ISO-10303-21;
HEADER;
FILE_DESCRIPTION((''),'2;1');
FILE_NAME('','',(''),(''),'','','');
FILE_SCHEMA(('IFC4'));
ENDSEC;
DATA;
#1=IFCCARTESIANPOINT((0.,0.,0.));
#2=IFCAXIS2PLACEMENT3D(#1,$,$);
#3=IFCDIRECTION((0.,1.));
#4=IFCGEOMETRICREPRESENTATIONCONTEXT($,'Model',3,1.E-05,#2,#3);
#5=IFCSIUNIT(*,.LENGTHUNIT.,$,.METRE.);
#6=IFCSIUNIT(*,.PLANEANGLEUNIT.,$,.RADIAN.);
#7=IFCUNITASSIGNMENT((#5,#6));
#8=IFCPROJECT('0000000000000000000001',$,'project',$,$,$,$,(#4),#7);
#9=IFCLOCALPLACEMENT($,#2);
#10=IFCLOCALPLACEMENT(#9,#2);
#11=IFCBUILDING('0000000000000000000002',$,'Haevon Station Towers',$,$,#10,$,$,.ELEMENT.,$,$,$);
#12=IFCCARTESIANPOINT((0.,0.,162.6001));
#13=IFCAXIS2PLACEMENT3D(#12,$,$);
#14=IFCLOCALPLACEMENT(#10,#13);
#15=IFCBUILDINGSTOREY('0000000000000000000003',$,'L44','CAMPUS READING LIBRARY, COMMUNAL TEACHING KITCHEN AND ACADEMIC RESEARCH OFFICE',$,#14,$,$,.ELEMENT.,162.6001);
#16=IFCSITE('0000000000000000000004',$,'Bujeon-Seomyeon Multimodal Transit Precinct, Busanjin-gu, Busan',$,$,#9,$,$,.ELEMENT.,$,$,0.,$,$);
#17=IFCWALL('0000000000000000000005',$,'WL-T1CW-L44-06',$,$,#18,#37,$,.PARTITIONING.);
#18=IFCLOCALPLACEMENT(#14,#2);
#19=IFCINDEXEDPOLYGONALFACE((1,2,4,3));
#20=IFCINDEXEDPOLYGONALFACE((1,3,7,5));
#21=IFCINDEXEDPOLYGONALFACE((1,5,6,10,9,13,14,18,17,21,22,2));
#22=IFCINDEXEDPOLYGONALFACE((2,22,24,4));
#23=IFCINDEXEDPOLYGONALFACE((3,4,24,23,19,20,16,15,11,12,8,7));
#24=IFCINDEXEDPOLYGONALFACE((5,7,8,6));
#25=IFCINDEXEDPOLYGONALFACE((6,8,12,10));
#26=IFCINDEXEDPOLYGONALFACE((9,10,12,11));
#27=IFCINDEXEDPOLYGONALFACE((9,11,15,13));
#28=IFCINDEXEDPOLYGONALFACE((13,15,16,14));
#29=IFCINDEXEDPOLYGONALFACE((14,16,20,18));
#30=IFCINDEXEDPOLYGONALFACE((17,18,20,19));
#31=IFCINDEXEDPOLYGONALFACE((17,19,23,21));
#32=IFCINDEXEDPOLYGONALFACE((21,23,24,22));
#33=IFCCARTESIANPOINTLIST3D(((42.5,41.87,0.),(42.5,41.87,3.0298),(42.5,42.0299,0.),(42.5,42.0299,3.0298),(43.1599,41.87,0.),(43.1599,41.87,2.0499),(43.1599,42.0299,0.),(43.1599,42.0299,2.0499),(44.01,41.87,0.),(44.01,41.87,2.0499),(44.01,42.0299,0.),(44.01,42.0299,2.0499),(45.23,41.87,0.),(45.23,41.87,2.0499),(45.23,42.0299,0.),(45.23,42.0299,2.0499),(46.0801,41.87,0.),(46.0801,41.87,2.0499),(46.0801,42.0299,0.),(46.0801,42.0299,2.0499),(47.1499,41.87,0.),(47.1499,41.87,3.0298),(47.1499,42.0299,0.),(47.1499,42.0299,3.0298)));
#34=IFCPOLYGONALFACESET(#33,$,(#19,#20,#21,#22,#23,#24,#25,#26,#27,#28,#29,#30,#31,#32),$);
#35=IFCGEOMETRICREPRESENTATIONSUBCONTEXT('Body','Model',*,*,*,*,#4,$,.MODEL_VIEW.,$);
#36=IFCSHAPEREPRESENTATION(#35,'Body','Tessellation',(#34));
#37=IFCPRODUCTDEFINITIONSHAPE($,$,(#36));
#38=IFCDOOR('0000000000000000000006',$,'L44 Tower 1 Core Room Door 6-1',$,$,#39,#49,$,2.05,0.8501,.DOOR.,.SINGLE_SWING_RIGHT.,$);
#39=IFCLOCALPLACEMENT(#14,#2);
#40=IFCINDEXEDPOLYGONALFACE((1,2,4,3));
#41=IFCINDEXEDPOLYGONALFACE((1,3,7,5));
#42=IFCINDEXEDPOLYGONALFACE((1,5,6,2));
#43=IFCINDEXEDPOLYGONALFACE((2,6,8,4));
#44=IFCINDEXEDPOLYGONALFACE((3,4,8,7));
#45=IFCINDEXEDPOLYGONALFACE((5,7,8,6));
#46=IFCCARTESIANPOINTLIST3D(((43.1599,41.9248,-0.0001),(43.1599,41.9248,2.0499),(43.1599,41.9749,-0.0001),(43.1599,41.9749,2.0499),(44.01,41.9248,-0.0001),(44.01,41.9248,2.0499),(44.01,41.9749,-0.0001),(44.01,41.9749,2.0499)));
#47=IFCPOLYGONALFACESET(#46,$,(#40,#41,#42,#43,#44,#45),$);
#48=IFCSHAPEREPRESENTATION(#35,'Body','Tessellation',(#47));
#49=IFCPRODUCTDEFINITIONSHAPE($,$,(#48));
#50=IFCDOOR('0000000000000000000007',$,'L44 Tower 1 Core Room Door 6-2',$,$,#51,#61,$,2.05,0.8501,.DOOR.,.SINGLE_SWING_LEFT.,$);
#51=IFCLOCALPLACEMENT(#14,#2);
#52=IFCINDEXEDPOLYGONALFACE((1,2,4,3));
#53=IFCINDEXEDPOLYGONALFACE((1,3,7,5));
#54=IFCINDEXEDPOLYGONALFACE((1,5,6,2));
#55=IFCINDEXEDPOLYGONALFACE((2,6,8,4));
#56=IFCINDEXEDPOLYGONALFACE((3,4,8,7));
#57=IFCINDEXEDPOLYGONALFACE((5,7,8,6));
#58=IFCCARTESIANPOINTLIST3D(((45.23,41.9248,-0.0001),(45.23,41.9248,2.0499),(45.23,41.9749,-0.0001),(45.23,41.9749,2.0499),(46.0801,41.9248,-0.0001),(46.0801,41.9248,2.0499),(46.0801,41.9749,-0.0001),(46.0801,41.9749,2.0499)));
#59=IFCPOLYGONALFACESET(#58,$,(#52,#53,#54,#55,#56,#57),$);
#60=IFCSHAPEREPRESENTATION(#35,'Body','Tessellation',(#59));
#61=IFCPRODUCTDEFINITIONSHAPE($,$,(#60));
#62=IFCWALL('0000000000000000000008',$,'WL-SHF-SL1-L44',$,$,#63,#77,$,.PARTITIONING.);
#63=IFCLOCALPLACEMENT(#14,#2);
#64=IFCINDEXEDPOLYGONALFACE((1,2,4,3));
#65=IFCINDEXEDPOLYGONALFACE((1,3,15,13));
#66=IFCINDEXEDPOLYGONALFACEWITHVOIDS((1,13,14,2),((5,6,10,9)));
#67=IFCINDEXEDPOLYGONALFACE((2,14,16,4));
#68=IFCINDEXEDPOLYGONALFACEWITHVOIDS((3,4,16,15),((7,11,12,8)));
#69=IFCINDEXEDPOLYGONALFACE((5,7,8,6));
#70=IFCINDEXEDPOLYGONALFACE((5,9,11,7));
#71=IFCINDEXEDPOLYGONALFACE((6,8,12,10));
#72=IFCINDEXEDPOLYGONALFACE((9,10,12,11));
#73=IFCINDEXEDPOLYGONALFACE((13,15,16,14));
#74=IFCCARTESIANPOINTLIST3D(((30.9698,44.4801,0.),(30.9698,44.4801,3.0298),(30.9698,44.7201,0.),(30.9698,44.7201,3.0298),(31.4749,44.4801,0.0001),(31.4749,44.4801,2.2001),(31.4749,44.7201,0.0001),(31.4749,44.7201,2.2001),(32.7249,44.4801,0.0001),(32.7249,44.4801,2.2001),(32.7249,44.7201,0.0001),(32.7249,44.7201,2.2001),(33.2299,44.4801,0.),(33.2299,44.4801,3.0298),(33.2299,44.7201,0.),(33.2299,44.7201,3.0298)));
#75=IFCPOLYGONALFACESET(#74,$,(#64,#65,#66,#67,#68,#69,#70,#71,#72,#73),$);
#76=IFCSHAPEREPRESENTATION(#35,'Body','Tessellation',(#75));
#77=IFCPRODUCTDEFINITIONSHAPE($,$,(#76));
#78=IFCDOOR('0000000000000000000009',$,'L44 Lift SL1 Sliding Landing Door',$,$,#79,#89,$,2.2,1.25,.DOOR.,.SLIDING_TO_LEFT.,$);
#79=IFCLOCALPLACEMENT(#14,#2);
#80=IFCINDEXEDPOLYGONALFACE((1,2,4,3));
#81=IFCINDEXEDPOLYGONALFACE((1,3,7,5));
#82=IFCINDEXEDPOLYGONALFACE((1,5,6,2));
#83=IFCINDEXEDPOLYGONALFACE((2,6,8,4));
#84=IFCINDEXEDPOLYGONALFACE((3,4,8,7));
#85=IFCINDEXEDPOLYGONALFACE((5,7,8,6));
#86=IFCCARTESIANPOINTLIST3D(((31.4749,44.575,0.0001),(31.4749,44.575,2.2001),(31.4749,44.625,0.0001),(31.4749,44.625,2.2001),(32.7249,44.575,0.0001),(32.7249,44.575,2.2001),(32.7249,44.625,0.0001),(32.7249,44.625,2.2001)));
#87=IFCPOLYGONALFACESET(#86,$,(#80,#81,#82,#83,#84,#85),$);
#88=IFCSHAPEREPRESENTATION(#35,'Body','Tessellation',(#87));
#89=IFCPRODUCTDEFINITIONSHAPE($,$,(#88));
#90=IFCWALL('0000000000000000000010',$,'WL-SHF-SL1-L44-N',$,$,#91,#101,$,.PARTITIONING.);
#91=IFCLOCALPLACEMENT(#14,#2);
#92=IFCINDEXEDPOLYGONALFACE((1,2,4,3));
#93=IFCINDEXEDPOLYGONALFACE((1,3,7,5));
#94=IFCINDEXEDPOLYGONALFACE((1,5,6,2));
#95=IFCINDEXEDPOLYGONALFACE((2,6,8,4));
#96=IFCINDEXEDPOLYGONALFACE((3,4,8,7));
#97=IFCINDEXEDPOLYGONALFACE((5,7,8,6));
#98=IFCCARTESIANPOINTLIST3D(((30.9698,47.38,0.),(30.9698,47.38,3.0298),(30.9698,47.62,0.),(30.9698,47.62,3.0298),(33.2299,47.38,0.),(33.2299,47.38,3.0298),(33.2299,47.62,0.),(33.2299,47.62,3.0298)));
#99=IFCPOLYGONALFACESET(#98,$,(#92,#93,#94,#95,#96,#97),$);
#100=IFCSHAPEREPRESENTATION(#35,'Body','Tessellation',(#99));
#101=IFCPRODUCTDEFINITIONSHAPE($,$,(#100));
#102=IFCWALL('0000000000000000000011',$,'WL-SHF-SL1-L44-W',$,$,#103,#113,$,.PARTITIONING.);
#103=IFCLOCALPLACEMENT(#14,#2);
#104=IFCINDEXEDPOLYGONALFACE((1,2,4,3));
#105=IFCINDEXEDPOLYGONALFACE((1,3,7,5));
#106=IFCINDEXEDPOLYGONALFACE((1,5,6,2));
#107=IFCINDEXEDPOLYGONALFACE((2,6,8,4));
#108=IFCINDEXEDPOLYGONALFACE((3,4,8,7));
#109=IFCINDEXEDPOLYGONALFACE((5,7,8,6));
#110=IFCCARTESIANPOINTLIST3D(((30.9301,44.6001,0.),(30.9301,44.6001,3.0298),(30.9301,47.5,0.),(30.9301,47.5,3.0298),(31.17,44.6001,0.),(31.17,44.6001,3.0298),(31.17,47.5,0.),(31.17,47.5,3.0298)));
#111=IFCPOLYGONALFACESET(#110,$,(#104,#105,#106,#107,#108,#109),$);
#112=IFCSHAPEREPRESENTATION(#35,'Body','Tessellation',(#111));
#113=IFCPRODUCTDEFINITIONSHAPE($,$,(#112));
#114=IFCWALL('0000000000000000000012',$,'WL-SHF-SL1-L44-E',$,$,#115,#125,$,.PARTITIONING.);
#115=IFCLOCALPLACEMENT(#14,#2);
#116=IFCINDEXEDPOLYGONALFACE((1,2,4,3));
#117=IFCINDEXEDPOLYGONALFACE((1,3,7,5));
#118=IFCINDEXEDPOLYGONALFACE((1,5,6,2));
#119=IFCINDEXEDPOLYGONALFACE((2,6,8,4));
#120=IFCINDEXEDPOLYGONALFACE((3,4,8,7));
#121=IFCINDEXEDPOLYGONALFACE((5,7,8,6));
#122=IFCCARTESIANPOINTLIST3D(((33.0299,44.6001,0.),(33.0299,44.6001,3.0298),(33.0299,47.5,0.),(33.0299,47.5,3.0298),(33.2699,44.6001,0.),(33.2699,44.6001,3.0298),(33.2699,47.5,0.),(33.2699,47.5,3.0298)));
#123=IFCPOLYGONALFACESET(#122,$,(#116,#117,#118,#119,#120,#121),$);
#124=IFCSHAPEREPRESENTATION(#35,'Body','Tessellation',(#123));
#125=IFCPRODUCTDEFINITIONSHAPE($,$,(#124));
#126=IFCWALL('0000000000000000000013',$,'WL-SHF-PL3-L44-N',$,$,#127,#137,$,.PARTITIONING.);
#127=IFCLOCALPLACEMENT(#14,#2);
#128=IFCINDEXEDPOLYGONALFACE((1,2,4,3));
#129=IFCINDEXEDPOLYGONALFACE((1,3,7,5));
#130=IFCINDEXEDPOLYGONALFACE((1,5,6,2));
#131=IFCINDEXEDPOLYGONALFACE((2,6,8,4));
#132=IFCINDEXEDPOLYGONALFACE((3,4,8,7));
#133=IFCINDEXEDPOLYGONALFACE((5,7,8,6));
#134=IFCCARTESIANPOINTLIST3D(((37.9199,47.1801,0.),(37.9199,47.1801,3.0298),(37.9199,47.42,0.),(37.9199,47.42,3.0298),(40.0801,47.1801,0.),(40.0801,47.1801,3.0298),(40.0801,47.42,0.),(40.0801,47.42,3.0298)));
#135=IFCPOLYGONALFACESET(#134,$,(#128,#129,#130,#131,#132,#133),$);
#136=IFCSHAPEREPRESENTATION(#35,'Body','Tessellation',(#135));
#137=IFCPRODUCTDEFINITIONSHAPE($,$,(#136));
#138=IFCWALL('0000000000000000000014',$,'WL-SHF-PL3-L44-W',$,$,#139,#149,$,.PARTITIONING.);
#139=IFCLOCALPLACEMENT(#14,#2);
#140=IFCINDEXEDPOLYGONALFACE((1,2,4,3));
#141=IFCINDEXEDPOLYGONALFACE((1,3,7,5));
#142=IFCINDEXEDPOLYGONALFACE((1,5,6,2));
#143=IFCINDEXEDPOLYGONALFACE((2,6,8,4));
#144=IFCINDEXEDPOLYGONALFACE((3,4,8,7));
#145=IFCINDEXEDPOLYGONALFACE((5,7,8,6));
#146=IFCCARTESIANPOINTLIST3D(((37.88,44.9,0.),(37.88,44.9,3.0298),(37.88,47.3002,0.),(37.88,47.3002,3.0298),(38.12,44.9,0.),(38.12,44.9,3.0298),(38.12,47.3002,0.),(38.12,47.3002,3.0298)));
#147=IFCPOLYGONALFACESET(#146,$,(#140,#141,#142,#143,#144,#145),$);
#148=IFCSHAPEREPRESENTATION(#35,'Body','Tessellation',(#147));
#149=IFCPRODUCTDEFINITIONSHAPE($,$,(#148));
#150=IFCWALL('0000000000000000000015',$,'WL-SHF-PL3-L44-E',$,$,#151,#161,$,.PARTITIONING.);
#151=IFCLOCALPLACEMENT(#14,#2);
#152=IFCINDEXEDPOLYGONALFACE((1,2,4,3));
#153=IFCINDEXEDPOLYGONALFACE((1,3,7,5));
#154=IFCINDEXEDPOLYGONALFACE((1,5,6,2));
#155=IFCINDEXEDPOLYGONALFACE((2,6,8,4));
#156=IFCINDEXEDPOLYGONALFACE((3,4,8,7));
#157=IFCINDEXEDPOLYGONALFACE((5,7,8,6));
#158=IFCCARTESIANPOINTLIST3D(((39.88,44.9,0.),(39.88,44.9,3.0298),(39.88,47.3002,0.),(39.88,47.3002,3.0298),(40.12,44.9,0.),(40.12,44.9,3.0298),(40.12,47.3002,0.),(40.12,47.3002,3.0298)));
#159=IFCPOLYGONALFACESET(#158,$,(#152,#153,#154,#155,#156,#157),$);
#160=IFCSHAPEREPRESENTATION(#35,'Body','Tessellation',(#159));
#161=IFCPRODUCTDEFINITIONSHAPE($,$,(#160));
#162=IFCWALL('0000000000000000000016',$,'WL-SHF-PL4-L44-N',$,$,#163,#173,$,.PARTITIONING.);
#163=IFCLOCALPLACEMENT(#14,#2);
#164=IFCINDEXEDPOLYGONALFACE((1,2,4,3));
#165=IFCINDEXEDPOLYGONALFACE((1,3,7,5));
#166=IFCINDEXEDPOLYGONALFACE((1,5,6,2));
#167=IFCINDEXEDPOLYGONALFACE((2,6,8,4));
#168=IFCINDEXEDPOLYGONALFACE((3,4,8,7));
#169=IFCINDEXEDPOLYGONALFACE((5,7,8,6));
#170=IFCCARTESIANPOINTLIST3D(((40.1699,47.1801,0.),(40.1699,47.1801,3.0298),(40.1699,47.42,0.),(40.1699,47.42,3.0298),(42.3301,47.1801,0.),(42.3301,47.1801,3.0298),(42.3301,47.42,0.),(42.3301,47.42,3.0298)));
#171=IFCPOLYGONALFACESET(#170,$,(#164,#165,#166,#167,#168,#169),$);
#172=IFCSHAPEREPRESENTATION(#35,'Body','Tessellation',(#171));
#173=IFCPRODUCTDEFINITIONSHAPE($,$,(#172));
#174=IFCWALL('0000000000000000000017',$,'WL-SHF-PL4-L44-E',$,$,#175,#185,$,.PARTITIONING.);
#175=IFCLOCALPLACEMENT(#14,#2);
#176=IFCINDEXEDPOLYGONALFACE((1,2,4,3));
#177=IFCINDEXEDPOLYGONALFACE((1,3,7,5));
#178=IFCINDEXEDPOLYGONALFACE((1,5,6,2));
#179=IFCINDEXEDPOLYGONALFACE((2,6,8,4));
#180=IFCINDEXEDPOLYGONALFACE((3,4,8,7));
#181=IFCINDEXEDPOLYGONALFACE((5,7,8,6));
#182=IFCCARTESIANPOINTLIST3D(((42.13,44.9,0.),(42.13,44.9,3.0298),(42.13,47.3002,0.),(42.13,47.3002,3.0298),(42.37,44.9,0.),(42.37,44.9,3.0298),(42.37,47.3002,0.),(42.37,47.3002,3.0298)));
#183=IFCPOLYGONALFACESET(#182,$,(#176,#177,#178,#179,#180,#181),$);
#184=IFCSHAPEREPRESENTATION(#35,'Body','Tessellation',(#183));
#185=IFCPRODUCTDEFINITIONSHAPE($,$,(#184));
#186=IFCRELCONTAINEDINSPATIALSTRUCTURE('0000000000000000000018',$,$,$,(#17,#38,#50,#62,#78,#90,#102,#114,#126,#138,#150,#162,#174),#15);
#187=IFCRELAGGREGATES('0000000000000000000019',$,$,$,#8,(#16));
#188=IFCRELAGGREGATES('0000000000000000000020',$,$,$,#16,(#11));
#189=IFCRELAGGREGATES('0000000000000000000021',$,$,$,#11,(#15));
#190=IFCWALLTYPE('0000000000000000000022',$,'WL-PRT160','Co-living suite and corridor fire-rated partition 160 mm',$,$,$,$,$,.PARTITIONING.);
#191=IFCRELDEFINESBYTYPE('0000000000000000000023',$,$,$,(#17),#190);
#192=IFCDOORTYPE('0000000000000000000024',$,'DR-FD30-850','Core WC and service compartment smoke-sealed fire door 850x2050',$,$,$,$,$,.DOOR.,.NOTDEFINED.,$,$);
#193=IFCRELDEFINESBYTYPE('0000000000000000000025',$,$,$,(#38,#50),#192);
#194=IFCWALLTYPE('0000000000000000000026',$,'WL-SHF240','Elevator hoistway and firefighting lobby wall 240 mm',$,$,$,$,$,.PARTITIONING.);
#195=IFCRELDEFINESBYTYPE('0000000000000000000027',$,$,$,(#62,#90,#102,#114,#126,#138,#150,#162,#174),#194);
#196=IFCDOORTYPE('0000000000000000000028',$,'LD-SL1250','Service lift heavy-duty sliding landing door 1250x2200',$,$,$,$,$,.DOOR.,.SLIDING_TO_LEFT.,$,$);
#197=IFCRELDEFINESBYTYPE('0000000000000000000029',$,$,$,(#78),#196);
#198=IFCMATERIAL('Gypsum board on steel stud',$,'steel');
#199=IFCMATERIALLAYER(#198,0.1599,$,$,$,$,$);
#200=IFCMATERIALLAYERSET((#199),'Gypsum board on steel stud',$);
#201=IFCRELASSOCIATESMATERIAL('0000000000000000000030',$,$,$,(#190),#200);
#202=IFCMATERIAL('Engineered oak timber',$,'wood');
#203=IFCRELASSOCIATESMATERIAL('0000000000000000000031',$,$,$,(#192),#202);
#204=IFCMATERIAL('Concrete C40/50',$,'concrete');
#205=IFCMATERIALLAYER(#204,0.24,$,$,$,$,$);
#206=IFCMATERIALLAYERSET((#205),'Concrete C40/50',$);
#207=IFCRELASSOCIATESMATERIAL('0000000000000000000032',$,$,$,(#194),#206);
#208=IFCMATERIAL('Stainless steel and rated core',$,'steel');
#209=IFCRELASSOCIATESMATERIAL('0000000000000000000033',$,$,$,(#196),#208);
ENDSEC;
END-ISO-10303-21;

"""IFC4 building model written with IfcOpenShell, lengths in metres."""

from ifc_helpers import new_model, si_unit, direction, frame, frame_2d, origin, place, context, subcontext, project, spatial, rectangle, extrude, material, layer, layer_set, type_object, element, fill, save


model = new_model("IFC4")

# Units and contexts
model_context = context("Model", 3, precision=1e-05, world=origin(), true_north=direction((0.0, 1.0)))
body_context = subcontext(model_context, "Body", "Model", "MODEL_VIEW")
ifc_project = project(units=[si_unit("LENGTHUNIT", "METRE"), si_unit("PLANEANGLEUNIT", "RADIAN")], contexts=[model_context])

# Site, building, storey
site_placement = place(None, origin())
site = spatial("IfcSite", under=ifc_project, at=site_placement, Name="Bujeon-Seomyeon Multimodal Transit Precinct, Busanjin-gu, Busan", CompositionType="ELEMENT", RefElevation=0.0)
building_placement = place(site_placement, origin())
building = spatial("IfcBuilding", under=site, at=building_placement, Name="Haevon Station Towers", CompositionType="ELEMENT")
storey_placement = place(building_placement, frame((0.0, 0.0, 162.6001)))
storey = spatial("IfcBuildingStorey", under=building, at=storey_placement, Name="L44", Description="CAMPUS READING LIBRARY, COMMUNAL TEACHING KITCHEN AND ACADEMIC RESEARCH OFFICE", CompositionType="ELEMENT", Elevation=162.6001)

# Shared definitions
ifc_material_1 = material(Name="Gypsum board on steel stud", Category="steel")
ifc_layer_1 = layer(ifc_material_1, 0.1599)
ifc_layer_set_1 = layer_set([ifc_layer_1], Name="Gypsum board on steel stud")
wall_type_1 = type_object("IfcWallType", Name="WL-PRT160", Description="Co-living suite and corridor fire-rated partition 160 mm", PredefinedType="PARTITIONING", material=ifc_layer_set_1)
ifc_material_2 = material(Name="Engineered oak timber", Category="wood")

# Wall, openings, doors
wall_1_placement = place(storey_placement, frame((42.5, 41.95, 0.0), z_axis=(0.0, 0.0, 1.0), x_axis=(1.0, 0.0, 0.0)))
wall_1 = element("IfcWall", 1, at=wall_1_placement, inside=storey, type_object=wall_type_1, Name="WL-T1CW-L44-06", PredefinedType="PARTITIONING", context=body_context, shape_type="SweptSolid", body=[
    extrude(rectangle(XDim=4.6499, YDim=0.1599, at=frame_2d((2.325, 0.0))), origin(), (0.0, 0.0, 1.0), 3.0298),
])
opening_1_placement = place(wall_1_placement, frame((0.6599, 0.0, 0.0)))
opening_1 = element("IfcOpeningElement", 2, at=opening_1_placement, cuts=wall_1, PredefinedType="OPENING", context=body_context, shape_type="SweptSolid", body=[
    extrude(rectangle(XDim=0.8501, YDim=2.05, at=frame_2d((0.425, 1.0249))), frame((0.0, 0.0898, 0.0), z_axis=(0.0, -1.0, 0.0), x_axis=(1.0, 0.0, 0.0)), (0.0, 0.0, 1.0), 0.1799),
])
opening_2_placement = place(wall_1_placement, frame((2.73, 0.0, 0.0)))
opening_2 = element("IfcOpeningElement", 3, at=opening_2_placement, cuts=wall_1, PredefinedType="OPENING", context=body_context, shape_type="SweptSolid", body=[
    extrude(rectangle(XDim=0.8501, YDim=2.05, at=frame_2d((0.425, 1.0249))), frame((0.0, 0.0898, 0.0), z_axis=(0.0, -1.0, 0.0), x_axis=(1.0, 0.0, 0.0)), (0.0, 0.0, 1.0), 0.1799),
])
door_type_1 = type_object("IfcDoorType", Name="DR-FD30-850", Description="Core WC and service compartment smoke-sealed fire door 850x2050", OperationType="NOTDEFINED", PredefinedType="DOOR", material=ifc_material_2)
door_1_placement = place(opening_1_placement, origin())
door_1 = element("IfcDoor", 4, at=door_1_placement, inside=storey, type_object=door_type_1, Name="L44 Tower 1 Core Room Door 6-1", OperationType="SINGLE_SWING_RIGHT", OverallHeight=2.05, OverallWidth=0.8501, PredefinedType="DOOR", context=body_context, shape_type="SweptSolid", body=[
    extrude(rectangle(XDim=0.8501, YDim=2.05, at=frame_2d((0.425, 1.0249))), frame((0.0, 0.0249, 0.0), z_axis=(0.0, -1.0, 0.0), x_axis=(1.0, 0.0, 0.0)), (0.0, 0.0, 1.0), 0.05),
])
fill(opening_1, door_1)
door_2_placement = place(opening_2_placement, origin())
door_2 = element("IfcDoor", 5, at=door_2_placement, inside=storey, type_object=door_type_1, Name="L44 Tower 1 Core Room Door 6-2", OperationType="SINGLE_SWING_LEFT", OverallHeight=2.05, OverallWidth=0.8501, PredefinedType="DOOR", context=body_context, shape_type="SweptSolid", body=[
    extrude(rectangle(XDim=0.8501, YDim=2.05, at=frame_2d((0.425, 1.0249))), frame((0.0, 0.0249, 0.0), z_axis=(0.0, -1.0, 0.0), x_axis=(1.0, 0.0, 0.0)), (0.0, 0.0, 1.0), 0.05),
])
fill(opening_2, door_2)

# Wall, opening, door
ifc_material_3 = material(Name="Concrete C40/50", Category="concrete")
ifc_layer_2 = layer(ifc_material_3, 0.24)
ifc_layer_set_2 = layer_set([ifc_layer_2], Name="Concrete C40/50")
wall_type_2 = type_object("IfcWallType", Name="WL-SHF240", Description="Elevator hoistway and firefighting lobby wall 240 mm", PredefinedType="PARTITIONING", material=ifc_layer_set_2)
wall_2_placement = place(storey_placement, frame((30.97, 44.6001, 0.0), z_axis=(0.0, 0.0, 1.0), x_axis=(1.0, 0.0, 0.0)))
wall_2 = element("IfcWall", 6, at=wall_2_placement, inside=storey, type_object=wall_type_2, Name="WL-SHF-SL1-L44", PredefinedType="PARTITIONING", context=body_context, shape_type="SweptSolid", body=[
    extrude(rectangle(XDim=2.26, YDim=0.24, at=frame_2d((1.1299, 0.0))), origin(), (0.0, 0.0, 1.0), 3.0298),
])
opening_3_placement = place(wall_2_placement, frame((0.5049, 0.0, 0.0)))
opening_3 = element("IfcOpeningElement", 7, at=opening_3_placement, cuts=wall_2, PredefinedType="OPENING", context=body_context, shape_type="SweptSolid", body=[
    extrude(rectangle(XDim=1.25, YDim=2.2, at=frame_2d((0.625, 1.1001))), frame((0.0, 0.1299, 0.0), z_axis=(0.0, -1.0, 0.0), x_axis=(1.0, 0.0, 0.0)), (0.0, 0.0, 1.0), 0.26),
])
ifc_material_4 = material(Name="Stainless steel and rated core", Category="steel")
door_type_2 = type_object("IfcDoorType", Name="LD-SL1250", Description="Service lift heavy-duty sliding landing door 1250x2200", OperationType="SLIDING_TO_LEFT", PredefinedType="DOOR", material=ifc_material_4)
door_3_placement = place(opening_3_placement, origin())
door_3 = element("IfcDoor", 8, at=door_3_placement, inside=storey, type_object=door_type_2, Name="L44 Lift SL1 Sliding Landing Door", OperationType="SLIDING_TO_LEFT", OverallHeight=2.2, OverallWidth=1.25, PredefinedType="DOOR", context=body_context, shape_type="SweptSolid", body=[
    extrude(rectangle(XDim=1.25, YDim=2.2, at=frame_2d((0.625, 1.1001))), frame((0.0, 0.0249, 0.0), z_axis=(0.0, -1.0, 0.0), x_axis=(1.0, 0.0, 0.0)), (0.0, 0.0, 1.0), 0.05),
])
fill(opening_3, door_3)

# Walls
wall_3_placement = place(storey_placement, frame((30.97, 47.5, 0.0), z_axis=(0.0, 0.0, 1.0), x_axis=(1.0, 0.0, 0.0)))
element("IfcWall", 9, at=wall_3_placement, inside=storey, type_object=wall_type_2, Name="WL-SHF-SL1-L44-N", PredefinedType="PARTITIONING", context=body_context, shape_type="SweptSolid", body=[
    extrude(rectangle(XDim=2.26, YDim=0.24, at=frame_2d((1.1299, 0.0))), origin(), (0.0, 0.0, 1.0), 3.0298),
])
for number, where, z_axis, x_axis, name in (
    (10, (31.05, 44.6001, 0.0), (0.0, 0.0, 1.0), (0.0, 1.0, 0.0), "WL-SHF-SL1-L44-W"),
    (11, (33.1499, 44.6001, 0.0), (0.0, 0.0, 1.0), (0.0, 1.0, 0.0), "WL-SHF-SL1-L44-E"),
):
    element("IfcWall", number, at=place(storey_placement, frame(where, z_axis=z_axis, x_axis=x_axis)), inside=storey, type_object=wall_type_2, Name=name, PredefinedType="PARTITIONING", context=body_context, shape_type="SweptSolid", body=[
        extrude(rectangle(XDim=2.8999, YDim=0.24, at=frame_2d((1.45, 0.0))), origin(), (0.0, 0.0, 1.0), 3.0298),
    ])

# Walls
wall_4_placement = place(storey_placement, frame((37.9199, 47.3, 0.0), z_axis=(0.0, 0.0, 1.0), x_axis=(1.0, 0.0, 0.0)))
element("IfcWall", 12, at=wall_4_placement, inside=storey, type_object=wall_type_2, Name="WL-SHF-PL3-L44-N", PredefinedType="PARTITIONING", context=body_context, shape_type="SweptSolid", body=[
    extrude(rectangle(XDim=2.1602, YDim=0.24, at=frame_2d((1.0801, 0.0))), origin(), (0.0, 0.0, 1.0), 3.0298),
])
for number, where, z_axis, x_axis, name in (
    (13, (38.0, 44.8999, 0.0), (0.0, 0.0, 1.0), (0.0, 1.0, 0.0), "WL-SHF-PL3-L44-W"),
    (14, (40.0, 44.8999, 0.0), (0.0, 0.0, 1.0), (0.0, 1.0, 0.0), "WL-SHF-PL3-L44-E"),
):
    element("IfcWall", number, at=place(storey_placement, frame(where, z_axis=z_axis, x_axis=x_axis)), inside=storey, type_object=wall_type_2, Name=name, PredefinedType="PARTITIONING", context=body_context, shape_type="SweptSolid", body=[
        extrude(rectangle(XDim=2.4001, YDim=0.24, at=frame_2d((1.2002, 0.0))), origin(), (0.0, 0.0, 1.0), 3.0298),
    ])

# Walls
wall_5_placement = place(storey_placement, frame((40.1699, 47.3, 0.0), z_axis=(0.0, 0.0, 1.0), x_axis=(1.0, 0.0, 0.0)))
element("IfcWall", 15, at=wall_5_placement, inside=storey, type_object=wall_type_2, Name="WL-SHF-PL4-L44-N", PredefinedType="PARTITIONING", context=body_context, shape_type="SweptSolid", body=[
    extrude(rectangle(XDim=2.1602, YDim=0.24, at=frame_2d((1.0801, 0.0))), origin(), (0.0, 0.0, 1.0), 3.0298),
])
wall_6_placement = place(storey_placement, frame((42.25, 44.8999, 0.0), z_axis=(0.0, 0.0, 1.0), x_axis=(0.0, 1.0, 0.0)))
element("IfcWall", 16, at=wall_6_placement, inside=storey, type_object=wall_type_2, Name="WL-SHF-PL4-L44-E", PredefinedType="PARTITIONING", context=body_context, shape_type="SweptSolid", body=[
    extrude(rectangle(XDim=2.4001, YDim=0.24, at=frame_2d((1.2002, 0.0))), origin(), (0.0, 0.0, 1.0), 3.0298),
])

save(model, "model.ifc")
